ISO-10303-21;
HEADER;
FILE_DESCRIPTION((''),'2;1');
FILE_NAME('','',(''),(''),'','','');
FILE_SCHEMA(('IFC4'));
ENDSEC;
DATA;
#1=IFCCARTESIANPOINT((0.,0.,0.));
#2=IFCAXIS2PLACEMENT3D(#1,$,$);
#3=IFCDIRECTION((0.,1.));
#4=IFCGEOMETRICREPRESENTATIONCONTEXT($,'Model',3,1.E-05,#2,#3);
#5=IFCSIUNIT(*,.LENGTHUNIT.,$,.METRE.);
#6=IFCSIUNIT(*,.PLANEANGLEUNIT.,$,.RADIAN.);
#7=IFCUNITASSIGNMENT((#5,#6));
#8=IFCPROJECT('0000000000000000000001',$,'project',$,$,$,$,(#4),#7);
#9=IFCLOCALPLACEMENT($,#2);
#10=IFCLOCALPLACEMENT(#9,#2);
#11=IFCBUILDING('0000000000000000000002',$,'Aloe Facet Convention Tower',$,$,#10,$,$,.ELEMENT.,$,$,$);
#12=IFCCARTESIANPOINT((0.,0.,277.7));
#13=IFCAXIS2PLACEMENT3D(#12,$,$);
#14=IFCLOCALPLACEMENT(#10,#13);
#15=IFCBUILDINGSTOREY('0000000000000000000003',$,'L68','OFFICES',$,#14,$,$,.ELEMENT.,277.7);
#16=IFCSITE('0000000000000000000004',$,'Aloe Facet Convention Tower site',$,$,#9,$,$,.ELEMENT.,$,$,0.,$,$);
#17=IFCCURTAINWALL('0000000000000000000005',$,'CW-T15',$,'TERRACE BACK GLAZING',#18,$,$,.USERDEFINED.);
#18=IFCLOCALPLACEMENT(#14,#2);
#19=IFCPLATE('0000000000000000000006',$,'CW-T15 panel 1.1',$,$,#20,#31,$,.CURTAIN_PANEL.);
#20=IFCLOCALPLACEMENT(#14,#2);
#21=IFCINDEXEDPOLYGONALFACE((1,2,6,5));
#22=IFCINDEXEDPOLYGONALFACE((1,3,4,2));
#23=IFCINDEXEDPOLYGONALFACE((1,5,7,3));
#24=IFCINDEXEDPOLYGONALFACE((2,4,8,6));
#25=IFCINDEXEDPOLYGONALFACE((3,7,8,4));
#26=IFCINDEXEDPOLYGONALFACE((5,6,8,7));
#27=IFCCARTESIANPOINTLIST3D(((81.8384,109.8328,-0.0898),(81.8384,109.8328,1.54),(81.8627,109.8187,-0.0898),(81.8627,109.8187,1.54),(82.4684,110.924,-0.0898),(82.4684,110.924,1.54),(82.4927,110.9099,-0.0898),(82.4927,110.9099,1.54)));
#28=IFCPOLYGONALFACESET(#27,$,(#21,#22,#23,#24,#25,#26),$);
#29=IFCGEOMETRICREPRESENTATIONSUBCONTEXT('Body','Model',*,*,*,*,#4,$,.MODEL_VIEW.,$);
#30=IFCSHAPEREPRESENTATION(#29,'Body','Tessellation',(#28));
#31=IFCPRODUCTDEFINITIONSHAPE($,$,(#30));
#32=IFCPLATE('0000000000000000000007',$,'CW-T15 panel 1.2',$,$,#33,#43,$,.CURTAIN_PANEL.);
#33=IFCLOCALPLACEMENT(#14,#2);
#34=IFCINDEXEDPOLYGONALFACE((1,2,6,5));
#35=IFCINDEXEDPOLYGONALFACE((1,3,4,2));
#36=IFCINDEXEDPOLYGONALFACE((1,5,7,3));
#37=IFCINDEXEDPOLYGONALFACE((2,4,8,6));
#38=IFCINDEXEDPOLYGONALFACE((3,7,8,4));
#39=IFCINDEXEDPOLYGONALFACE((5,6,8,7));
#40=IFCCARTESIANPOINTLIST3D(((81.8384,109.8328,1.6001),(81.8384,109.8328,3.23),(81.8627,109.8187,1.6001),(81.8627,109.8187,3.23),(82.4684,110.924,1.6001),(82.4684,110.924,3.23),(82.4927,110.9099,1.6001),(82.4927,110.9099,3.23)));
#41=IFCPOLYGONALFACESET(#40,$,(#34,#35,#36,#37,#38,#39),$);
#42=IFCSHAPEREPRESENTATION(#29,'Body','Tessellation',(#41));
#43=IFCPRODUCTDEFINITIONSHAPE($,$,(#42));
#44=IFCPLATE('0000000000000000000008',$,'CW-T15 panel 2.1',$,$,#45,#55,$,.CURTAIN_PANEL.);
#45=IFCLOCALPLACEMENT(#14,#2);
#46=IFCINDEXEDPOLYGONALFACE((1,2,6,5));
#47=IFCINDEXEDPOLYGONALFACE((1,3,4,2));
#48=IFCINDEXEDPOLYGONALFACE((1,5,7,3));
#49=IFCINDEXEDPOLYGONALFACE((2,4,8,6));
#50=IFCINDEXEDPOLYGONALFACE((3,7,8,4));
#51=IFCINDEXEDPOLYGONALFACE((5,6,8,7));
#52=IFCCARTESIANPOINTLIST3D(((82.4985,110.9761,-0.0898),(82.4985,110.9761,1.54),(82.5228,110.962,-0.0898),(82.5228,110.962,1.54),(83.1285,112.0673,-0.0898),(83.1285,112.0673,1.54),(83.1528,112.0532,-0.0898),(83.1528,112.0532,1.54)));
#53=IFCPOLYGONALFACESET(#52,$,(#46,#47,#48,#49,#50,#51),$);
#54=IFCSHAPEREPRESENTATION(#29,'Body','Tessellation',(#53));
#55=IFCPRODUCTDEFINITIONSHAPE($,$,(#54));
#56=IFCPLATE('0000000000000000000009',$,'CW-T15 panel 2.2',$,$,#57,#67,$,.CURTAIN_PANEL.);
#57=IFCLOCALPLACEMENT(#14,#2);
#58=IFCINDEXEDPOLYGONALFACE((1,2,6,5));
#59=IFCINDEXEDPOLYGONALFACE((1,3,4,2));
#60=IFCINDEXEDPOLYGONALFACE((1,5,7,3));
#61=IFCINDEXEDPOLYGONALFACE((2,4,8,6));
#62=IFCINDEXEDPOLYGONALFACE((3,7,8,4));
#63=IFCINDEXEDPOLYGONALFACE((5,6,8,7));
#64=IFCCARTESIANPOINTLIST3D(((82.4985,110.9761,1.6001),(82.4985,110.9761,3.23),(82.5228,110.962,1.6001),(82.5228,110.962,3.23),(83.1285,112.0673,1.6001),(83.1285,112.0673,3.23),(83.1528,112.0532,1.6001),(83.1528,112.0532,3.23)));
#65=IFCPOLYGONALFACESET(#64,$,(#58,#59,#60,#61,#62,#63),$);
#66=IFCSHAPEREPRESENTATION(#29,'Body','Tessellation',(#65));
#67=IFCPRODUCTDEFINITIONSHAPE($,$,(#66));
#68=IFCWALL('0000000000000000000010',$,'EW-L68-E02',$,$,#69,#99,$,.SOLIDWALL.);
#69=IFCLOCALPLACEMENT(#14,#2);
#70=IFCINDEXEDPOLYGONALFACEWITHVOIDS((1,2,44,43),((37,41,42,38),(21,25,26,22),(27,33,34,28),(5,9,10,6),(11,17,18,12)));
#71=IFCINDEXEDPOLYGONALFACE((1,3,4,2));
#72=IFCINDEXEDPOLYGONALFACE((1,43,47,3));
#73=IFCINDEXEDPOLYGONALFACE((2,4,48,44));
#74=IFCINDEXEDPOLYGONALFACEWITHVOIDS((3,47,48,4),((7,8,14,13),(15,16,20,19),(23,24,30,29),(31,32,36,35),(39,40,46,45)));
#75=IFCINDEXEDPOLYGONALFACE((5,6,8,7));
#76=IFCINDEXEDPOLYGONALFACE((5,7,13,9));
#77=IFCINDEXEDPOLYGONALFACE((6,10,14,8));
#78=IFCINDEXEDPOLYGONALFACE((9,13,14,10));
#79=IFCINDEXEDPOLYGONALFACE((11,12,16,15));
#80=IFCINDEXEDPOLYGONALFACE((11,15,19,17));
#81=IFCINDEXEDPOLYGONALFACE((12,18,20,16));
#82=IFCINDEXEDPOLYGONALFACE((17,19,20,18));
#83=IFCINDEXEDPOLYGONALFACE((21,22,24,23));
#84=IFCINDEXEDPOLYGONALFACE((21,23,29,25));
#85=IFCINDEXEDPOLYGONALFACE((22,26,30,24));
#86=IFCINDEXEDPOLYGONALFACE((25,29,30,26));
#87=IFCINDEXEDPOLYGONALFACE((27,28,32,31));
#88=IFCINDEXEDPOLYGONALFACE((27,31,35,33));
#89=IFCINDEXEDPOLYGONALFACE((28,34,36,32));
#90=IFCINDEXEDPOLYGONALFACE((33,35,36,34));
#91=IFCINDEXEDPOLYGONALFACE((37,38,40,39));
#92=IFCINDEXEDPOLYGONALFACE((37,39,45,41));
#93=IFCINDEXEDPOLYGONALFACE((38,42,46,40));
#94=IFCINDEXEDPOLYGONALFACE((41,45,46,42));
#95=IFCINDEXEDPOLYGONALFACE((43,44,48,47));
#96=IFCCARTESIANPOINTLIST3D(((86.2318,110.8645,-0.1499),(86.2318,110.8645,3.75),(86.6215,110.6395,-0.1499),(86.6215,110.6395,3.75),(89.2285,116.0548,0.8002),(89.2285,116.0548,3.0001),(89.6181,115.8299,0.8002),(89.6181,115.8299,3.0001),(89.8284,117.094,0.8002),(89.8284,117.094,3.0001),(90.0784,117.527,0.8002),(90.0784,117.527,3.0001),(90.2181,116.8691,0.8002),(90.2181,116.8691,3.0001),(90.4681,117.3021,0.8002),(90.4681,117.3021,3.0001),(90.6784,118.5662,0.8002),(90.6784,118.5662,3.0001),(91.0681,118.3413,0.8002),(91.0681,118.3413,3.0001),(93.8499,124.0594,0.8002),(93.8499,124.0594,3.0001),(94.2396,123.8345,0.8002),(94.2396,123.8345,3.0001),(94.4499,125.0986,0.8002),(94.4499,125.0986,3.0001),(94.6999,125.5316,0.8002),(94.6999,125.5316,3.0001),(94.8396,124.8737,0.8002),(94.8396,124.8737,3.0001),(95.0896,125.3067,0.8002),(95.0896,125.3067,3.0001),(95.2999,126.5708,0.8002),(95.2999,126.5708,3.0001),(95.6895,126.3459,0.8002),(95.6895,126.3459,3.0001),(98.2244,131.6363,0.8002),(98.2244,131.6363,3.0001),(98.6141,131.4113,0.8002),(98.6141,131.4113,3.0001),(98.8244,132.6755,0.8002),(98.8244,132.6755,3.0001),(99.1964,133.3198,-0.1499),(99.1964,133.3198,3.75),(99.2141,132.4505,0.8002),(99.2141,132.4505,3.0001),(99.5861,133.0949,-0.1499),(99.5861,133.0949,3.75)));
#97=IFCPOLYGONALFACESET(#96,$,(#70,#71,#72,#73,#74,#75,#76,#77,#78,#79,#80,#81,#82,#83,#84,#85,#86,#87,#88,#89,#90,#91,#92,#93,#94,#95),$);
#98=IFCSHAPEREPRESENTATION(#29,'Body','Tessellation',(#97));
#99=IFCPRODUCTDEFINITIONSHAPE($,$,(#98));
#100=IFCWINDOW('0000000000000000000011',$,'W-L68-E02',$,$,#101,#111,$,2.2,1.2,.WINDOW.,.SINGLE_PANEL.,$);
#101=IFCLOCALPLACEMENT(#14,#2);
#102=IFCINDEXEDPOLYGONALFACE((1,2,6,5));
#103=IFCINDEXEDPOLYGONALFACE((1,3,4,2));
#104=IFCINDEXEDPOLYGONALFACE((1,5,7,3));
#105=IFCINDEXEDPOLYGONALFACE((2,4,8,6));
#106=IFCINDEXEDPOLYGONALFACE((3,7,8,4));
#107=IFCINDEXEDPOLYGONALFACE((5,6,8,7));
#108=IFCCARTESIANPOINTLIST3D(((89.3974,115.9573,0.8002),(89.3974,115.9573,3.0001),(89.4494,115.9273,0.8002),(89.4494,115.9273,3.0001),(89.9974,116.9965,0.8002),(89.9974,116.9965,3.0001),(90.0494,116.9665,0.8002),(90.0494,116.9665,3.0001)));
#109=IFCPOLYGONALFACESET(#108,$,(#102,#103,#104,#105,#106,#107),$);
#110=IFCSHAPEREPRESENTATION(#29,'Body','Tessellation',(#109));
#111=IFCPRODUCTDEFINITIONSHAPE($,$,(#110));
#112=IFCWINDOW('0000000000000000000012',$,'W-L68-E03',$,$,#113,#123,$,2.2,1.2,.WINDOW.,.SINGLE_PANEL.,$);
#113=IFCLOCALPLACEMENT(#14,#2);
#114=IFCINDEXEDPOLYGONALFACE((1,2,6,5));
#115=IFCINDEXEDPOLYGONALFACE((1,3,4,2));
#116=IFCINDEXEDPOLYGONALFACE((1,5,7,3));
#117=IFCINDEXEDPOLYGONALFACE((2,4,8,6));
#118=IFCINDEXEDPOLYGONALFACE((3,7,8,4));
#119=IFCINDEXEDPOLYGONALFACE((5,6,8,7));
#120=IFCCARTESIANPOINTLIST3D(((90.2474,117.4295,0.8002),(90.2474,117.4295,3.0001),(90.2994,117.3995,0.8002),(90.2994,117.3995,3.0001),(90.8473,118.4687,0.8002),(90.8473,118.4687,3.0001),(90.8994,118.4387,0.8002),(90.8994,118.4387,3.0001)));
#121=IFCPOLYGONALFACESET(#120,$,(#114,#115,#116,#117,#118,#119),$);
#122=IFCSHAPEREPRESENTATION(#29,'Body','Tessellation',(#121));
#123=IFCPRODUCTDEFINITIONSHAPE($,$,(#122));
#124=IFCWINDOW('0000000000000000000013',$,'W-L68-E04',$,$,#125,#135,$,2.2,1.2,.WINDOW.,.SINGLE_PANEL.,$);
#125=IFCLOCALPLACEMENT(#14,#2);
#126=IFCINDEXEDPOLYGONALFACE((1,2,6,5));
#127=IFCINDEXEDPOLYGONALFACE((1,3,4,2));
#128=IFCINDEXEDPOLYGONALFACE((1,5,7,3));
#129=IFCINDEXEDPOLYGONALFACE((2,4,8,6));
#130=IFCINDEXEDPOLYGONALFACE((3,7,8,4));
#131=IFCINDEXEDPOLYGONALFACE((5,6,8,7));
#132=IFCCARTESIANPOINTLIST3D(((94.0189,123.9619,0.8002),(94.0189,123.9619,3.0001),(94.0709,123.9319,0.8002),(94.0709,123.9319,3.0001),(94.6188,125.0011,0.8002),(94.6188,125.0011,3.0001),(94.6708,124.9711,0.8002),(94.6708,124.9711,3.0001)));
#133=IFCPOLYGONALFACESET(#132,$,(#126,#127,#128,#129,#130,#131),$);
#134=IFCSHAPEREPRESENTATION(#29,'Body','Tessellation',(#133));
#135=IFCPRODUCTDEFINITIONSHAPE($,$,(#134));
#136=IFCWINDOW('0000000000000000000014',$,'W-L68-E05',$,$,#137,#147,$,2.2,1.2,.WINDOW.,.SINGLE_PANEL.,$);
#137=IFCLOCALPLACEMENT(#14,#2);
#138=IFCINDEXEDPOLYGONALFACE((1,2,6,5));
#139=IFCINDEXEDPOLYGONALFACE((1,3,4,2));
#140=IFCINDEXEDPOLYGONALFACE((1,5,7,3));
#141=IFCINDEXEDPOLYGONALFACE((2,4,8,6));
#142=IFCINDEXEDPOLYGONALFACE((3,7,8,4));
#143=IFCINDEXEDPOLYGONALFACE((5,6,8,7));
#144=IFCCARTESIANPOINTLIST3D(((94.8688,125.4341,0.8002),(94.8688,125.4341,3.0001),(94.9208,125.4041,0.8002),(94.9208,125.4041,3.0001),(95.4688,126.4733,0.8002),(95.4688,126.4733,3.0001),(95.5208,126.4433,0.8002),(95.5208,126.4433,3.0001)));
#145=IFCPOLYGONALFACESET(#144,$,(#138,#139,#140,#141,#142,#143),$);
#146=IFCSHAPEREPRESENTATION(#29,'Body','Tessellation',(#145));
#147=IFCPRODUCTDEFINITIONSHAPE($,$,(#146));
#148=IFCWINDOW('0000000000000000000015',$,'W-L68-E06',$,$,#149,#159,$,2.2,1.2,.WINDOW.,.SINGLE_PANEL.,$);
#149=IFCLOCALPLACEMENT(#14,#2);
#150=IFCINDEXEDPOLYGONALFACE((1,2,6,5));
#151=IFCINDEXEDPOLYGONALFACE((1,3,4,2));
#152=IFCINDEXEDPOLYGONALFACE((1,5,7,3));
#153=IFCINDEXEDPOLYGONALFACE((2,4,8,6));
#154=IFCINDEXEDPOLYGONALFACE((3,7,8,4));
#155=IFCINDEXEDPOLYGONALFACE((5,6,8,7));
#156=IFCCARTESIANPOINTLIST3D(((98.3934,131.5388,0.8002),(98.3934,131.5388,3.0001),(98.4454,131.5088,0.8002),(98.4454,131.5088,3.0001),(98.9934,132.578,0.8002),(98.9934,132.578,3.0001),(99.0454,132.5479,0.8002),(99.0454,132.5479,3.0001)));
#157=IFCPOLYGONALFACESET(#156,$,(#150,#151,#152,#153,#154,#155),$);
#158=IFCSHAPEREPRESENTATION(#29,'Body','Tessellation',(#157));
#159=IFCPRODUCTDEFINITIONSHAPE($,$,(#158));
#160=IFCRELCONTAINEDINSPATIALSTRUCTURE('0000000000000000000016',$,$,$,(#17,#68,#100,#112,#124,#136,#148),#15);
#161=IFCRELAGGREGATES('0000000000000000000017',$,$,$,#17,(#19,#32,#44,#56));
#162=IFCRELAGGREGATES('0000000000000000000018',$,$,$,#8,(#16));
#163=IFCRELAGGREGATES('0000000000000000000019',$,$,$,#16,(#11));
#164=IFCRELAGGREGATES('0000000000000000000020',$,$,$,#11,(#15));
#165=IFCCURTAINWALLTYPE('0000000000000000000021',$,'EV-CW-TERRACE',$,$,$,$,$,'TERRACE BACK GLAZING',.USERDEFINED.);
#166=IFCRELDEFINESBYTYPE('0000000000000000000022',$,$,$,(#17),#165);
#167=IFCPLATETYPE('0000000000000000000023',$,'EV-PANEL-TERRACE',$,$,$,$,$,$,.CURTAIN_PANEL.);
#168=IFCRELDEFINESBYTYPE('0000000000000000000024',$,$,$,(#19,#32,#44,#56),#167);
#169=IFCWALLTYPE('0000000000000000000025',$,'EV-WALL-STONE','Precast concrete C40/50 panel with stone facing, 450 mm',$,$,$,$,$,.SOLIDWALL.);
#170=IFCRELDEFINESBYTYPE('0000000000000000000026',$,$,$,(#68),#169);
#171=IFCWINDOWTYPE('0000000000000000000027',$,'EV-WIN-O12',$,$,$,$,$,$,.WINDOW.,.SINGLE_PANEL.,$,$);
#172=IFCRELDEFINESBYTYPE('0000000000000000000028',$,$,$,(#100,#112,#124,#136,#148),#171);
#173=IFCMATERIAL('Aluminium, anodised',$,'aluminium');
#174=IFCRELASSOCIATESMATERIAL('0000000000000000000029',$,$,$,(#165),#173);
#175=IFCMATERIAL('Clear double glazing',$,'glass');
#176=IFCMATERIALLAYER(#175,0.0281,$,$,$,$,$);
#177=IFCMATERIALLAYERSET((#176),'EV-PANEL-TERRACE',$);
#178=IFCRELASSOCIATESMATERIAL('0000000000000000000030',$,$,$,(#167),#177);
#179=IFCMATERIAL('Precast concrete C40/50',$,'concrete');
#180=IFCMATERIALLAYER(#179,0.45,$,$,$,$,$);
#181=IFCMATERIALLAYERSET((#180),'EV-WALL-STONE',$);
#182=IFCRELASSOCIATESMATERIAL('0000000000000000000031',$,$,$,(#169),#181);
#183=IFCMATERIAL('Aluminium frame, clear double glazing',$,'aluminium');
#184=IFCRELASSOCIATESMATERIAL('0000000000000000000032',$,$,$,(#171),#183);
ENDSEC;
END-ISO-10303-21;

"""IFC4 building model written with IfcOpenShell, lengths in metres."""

from ifc_helpers import new_model, si_unit, direction, frame, frame_2d, origin, origin_2d, place, context, subcontext, project, spatial, polyline, rectangle, outline, extrude, material, layer, layer_set, type_object, element, fill, aggregate, save


model = new_model("IFC4")

# Units and contexts
model_context = context("Model", 3, precision=1e-05, world=origin(), true_north=direction((0.0, 1.0)))
body_context = subcontext(model_context, "Body", "Model", "MODEL_VIEW")
ifc_project = project(units=[si_unit("LENGTHUNIT", "METRE"), si_unit("PLANEANGLEUNIT", "RADIAN")], contexts=[model_context])

# Site, building, storey
site_placement = place(None, origin())
site = spatial("IfcSite", under=ifc_project, at=site_placement, Name="Aloe Facet Convention Tower site", CompositionType="ELEMENT", RefElevation=0.0)
building_placement = place(site_placement, origin())
building = spatial("IfcBuilding", under=site, at=building_placement, Name="Aloe Facet Convention Tower", CompositionType="ELEMENT")
storey_placement = place(building_placement, frame((0.0, 0.0, 277.7)))
storey = spatial("IfcBuildingStorey", under=building, at=storey_placement, Name="L68", Description="OFFICES", CompositionType="ELEMENT", Elevation=277.7)

# Curtain wall
ifc_material_1 = material(Name="Aluminium, anodised", Category="aluminium")
curtain_wall_type = type_object("IfcCurtainWallType", Name="EV-CW-TERRACE", ElementType="TERRACE BACK GLAZING", PredefinedType="USERDEFINED", material=ifc_material_1)
curtain_wall_placement = place(storey_placement, origin())
curtain_wall = element("IfcCurtainWall", 1, at=curtain_wall_placement, inside=storey, type_object=curtain_wall_type, Name="CW-T15", ObjectType="TERRACE BACK GLAZING", PredefinedType="USERDEFINED")

# Plates
ifc_material_2 = material(Name="Clear double glazing", Category="glass")
ifc_layer_1 = layer(ifc_material_2, 0.0281)
ifc_layer_set_1 = layer_set([ifc_layer_1], Name="EV-PANEL-TERRACE")
plate_type = type_object("IfcPlateType", Name="EV-PANEL-TERRACE", PredefinedType="CURTAIN_PANEL", material=ifc_layer_set_1)
plate_1_placement = place(storey_placement, frame((82.1655, 110.3713, -0.0898), z_axis=(0.0, 0.0, 1.0), x_axis=(0.5, 0.866025, 0.0)))
plate_1 = element("IfcPlate", 2, at=plate_1_placement, type_object=plate_type, Name="CW-T15 panel 1.1", PredefinedType="CURTAIN_PANEL", context=body_context, shape_type="SweptSolid", body=[
    extrude(rectangle(XDim=1.26, YDim=0.0281, at=origin_2d()), origin(), (0.0, 0.0, 1.0), 1.6299),
])
plate_2_placement = place(storey_placement, frame((82.1655, 110.3713, 1.6001), z_axis=(0.0, 0.0, 1.0), x_axis=(0.5, 0.866025, 0.0)))
plate_2 = element("IfcPlate", 3, at=plate_2_placement, type_object=plate_type, Name="CW-T15 panel 1.2", PredefinedType="CURTAIN_PANEL", context=body_context, shape_type="SweptSolid", body=[
    extrude(rectangle(XDim=1.26, YDim=0.0281, at=origin_2d()), origin(), (0.0, 0.0, 1.0), 1.6299),
])
plate_3_placement = place(storey_placement, frame((82.8257, 111.5146, -0.0898), z_axis=(0.0, 0.0, 1.0), x_axis=(0.5, 0.866025, 0.0)))
plate_3 = element("IfcPlate", 4, at=plate_3_placement, type_object=plate_type, Name="CW-T15 panel 2.1", PredefinedType="CURTAIN_PANEL", context=body_context, shape_type="SweptSolid", body=[
    extrude(rectangle(XDim=1.26, YDim=0.0281, at=origin_2d()), origin(), (0.0, 0.0, 1.0), 1.6299),
])
plate_4_placement = place(storey_placement, frame((82.8257, 111.5146, 1.6001), z_axis=(0.0, 0.0, 1.0), x_axis=(0.5, 0.866025, 0.0)))
plate_4 = element("IfcPlate", 5, at=plate_4_placement, type_object=plate_type, Name="CW-T15 panel 2.2", PredefinedType="CURTAIN_PANEL", context=body_context, shape_type="SweptSolid", body=[
    extrude(rectangle(XDim=1.26, YDim=0.0281, at=origin_2d()), origin(), (0.0, 0.0, 1.0), 1.6299),
])
aggregate(curtain_wall, [plate_1, plate_2, plate_3, plate_4])

# Wall, openings, windows
ifc_material_3 = material(Name="Precast concrete C40/50", Category="concrete")
ifc_layer_2 = layer(ifc_material_3, 0.45)
ifc_layer_set_2 = layer_set([ifc_layer_2], Name="EV-WALL-STONE")
wall_type_1 = type_object("IfcWallType", Name="EV-WALL-STONE", Description="Precast concrete C40/50 panel with stone facing, 450 mm", PredefinedType="SOLIDWALL", material=ifc_layer_set_2)
wall_1_placement = place(storey_placement, frame((86.4268, 110.752, -0.1499), z_axis=(0.0, 0.0, 1.0), x_axis=(0.5, 0.866025, 0.0)))
wall_1 = element("IfcWall", 6, at=wall_1_placement, inside=storey, type_object=wall_type_1, Name="EW-L68-E02", PredefinedType="SOLIDWALL", context=body_context, shape_type="SweptSolid", body=[
    extrude(outline(polyline([(25.9292, 3.8999), (25.9292, 0.0), (0.0, 0.0), (0.0, 3.8999), (25.9292, 3.8999)])), frame((0.0, 0.2251, 0.0), z_axis=(0.0, -1.0, 0.0), x_axis=(1.0, 0.0, 0.0)), (0.0, 0.0, 1.0), 0.45),
])
opening_1_placement = place(wall_1_placement, frame((5.9932, 0.0, 0.95)))
opening_1 = element("IfcOpeningElement", 7, at=opening_1_placement, cuts=wall_1, PredefinedType="OPENING", context=body_context, shape_type="SweptSolid", body=[
    extrude(rectangle(XDim=1.2, YDim=2.2, at=frame_2d((0.6001, 1.1001))), frame((0.0, 0.2349, 0.0), z_axis=(0.0, -1.0, 0.0), x_axis=(1.0, 0.0, 0.0)), (0.0, 0.0, 1.0), 0.47),
])
opening_2_placement = place(wall_1_placement, frame((7.6931, 0.0, 0.95)))
opening_2 = element("IfcOpeningElement", 8, at=opening_2_placement, cuts=wall_1, PredefinedType="OPENING", context=body_context, shape_type="SweptSolid", body=[
    extrude(rectangle(XDim=1.2, YDim=2.2, at=frame_2d((0.6001, 1.1001))), frame((0.0, 0.2349, 0.0), z_axis=(0.0, -1.0, 0.0), x_axis=(1.0, 0.0, 0.0)), (0.0, 0.0, 1.0), 0.47),
])
opening_3_placement = place(wall_1_placement, frame((15.2361, 0.0, 0.95)))
opening_3 = element("IfcOpeningElement", 9, at=opening_3_placement, cuts=wall_1, PredefinedType="OPENING", context=body_context, shape_type="SweptSolid", body=[
    extrude(rectangle(XDim=1.2, YDim=2.2, at=frame_2d((0.6001, 1.1001))), frame((0.0, 0.2349, 0.0), z_axis=(0.0, -1.0, 0.0), x_axis=(1.0, 0.0, 0.0)), (0.0, 0.0, 1.0), 0.47),
])
opening_4_placement = place(wall_1_placement, frame((16.936, 0.0, 0.95)))
opening_4 = element("IfcOpeningElement", 10, at=opening_4_placement, cuts=wall_1, PredefinedType="OPENING", context=body_context, shape_type="SweptSolid", body=[
    extrude(rectangle(XDim=1.2, YDim=2.2, at=frame_2d((0.6001, 1.1001))), frame((0.0, 0.2349, 0.0), z_axis=(0.0, -1.0, 0.0), x_axis=(1.0, 0.0, 0.0)), (0.0, 0.0, 1.0), 0.47),
])
opening_5_placement = place(wall_1_placement, frame((23.9851, 0.0, 0.95)))
opening_5 = element("IfcOpeningElement", 11, at=opening_5_placement, cuts=wall_1, PredefinedType="OPENING", context=body_context, shape_type="SweptSolid", body=[
    extrude(rectangle(XDim=1.2, YDim=2.2, at=frame_2d((0.6001, 1.1001))), frame((0.0, 0.2349, 0.0), z_axis=(0.0, -1.0, 0.0), x_axis=(1.0, 0.0, 0.0)), (0.0, 0.0, 1.0), 0.47),
])
ifc_material_4 = material(Name="Aluminium frame, clear double glazing", Category="aluminium")
window_type = type_object("IfcWindowType", Name="EV-WIN-O12", PartitioningType="SINGLE_PANEL", PredefinedType="WINDOW", material=ifc_material_4)
window_1_placement = place(opening_1_placement, origin())
window_1 = element("IfcWindow", 12, at=window_1_placement, inside=storey, type_object=window_type, Name="W-L68-E02", OverallHeight=2.2, OverallWidth=1.2, PartitioningType="SINGLE_PANEL", PredefinedType="WINDOW", context=body_context, shape_type="SweptSolid", body=[
    extrude(rectangle(XDim=1.2, YDim=2.2, at=frame_2d((0.6001, 1.1001))), frame((0.0, 0.03, 0.0), z_axis=(0.0, -1.0, 0.0), x_axis=(1.0, 0.0, 0.0)), (0.0, 0.0, 1.0), 0.0601),
])
fill(opening_1, window_1)
window_2_placement = place(opening_2_placement, origin())
window_2 = element("IfcWindow", 13, at=window_2_placement, inside=storey, type_object=window_type, Name="W-L68-E03", OverallHeight=2.2, OverallWidth=1.2, PartitioningType="SINGLE_PANEL", PredefinedType="WINDOW", context=body_context, shape_type="SweptSolid", body=[
    extrude(rectangle(XDim=1.2, YDim=2.2, at=frame_2d((0.6001, 1.1001))), frame((0.0, 0.03, 0.0), z_axis=(0.0, -1.0, 0.0), x_axis=(1.0, 0.0, 0.0)), (0.0, 0.0, 1.0), 0.0601),
])
fill(opening_2, window_2)
window_3_placement = place(opening_3_placement, origin())
window_3 = element("IfcWindow", 14, at=window_3_placement, inside=storey, type_object=window_type, Name="W-L68-E04", OverallHeight=2.2, OverallWidth=1.2, PartitioningType="SINGLE_PANEL", PredefinedType="WINDOW", context=body_context, shape_type="SweptSolid", body=[
    extrude(rectangle(XDim=1.2, YDim=2.2, at=frame_2d((0.6001, 1.1001))), frame((0.0, 0.03, 0.0), z_axis=(0.0, -1.0, 0.0), x_axis=(1.0, 0.0, 0.0)), (0.0, 0.0, 1.0), 0.0601),
])
fill(opening_3, window_3)
window_4_placement = place(opening_4_placement, origin())
window_4 = element("IfcWindow", 15, at=window_4_placement, inside=storey, type_object=window_type, Name="W-L68-E05", OverallHeight=2.2, OverallWidth=1.2, PartitioningType="SINGLE_PANEL", PredefinedType="WINDOW", context=body_context, shape_type="SweptSolid", body=[
    extrude(rectangle(XDim=1.2, YDim=2.2, at=frame_2d((0.6001, 1.1001))), frame((0.0, 0.03, 0.0), z_axis=(0.0, -1.0, 0.0), x_axis=(1.0, 0.0, 0.0)), (0.0, 0.0, 1.0), 0.0601),
])
fill(opening_4, window_4)
window_5_placement = place(opening_5_placement, origin())
window_5 = element("IfcWindow", 16, at=window_5_placement, inside=storey, type_object=window_type, Name="W-L68-E06", OverallHeight=2.2, OverallWidth=1.2, PartitioningType="SINGLE_PANEL", PredefinedType="WINDOW", context=body_context, shape_type="SweptSolid", body=[
    extrude(rectangle(XDim=1.2, YDim=2.2, at=frame_2d((0.6001, 1.1001))), frame((0.0, 0.03, 0.0), z_axis=(0.0, -1.0, 0.0), x_axis=(1.0, 0.0, 0.0)), (0.0, 0.0, 1.0), 0.0601),
])
fill(opening_5, window_5)

save(model, "model.ifc")
